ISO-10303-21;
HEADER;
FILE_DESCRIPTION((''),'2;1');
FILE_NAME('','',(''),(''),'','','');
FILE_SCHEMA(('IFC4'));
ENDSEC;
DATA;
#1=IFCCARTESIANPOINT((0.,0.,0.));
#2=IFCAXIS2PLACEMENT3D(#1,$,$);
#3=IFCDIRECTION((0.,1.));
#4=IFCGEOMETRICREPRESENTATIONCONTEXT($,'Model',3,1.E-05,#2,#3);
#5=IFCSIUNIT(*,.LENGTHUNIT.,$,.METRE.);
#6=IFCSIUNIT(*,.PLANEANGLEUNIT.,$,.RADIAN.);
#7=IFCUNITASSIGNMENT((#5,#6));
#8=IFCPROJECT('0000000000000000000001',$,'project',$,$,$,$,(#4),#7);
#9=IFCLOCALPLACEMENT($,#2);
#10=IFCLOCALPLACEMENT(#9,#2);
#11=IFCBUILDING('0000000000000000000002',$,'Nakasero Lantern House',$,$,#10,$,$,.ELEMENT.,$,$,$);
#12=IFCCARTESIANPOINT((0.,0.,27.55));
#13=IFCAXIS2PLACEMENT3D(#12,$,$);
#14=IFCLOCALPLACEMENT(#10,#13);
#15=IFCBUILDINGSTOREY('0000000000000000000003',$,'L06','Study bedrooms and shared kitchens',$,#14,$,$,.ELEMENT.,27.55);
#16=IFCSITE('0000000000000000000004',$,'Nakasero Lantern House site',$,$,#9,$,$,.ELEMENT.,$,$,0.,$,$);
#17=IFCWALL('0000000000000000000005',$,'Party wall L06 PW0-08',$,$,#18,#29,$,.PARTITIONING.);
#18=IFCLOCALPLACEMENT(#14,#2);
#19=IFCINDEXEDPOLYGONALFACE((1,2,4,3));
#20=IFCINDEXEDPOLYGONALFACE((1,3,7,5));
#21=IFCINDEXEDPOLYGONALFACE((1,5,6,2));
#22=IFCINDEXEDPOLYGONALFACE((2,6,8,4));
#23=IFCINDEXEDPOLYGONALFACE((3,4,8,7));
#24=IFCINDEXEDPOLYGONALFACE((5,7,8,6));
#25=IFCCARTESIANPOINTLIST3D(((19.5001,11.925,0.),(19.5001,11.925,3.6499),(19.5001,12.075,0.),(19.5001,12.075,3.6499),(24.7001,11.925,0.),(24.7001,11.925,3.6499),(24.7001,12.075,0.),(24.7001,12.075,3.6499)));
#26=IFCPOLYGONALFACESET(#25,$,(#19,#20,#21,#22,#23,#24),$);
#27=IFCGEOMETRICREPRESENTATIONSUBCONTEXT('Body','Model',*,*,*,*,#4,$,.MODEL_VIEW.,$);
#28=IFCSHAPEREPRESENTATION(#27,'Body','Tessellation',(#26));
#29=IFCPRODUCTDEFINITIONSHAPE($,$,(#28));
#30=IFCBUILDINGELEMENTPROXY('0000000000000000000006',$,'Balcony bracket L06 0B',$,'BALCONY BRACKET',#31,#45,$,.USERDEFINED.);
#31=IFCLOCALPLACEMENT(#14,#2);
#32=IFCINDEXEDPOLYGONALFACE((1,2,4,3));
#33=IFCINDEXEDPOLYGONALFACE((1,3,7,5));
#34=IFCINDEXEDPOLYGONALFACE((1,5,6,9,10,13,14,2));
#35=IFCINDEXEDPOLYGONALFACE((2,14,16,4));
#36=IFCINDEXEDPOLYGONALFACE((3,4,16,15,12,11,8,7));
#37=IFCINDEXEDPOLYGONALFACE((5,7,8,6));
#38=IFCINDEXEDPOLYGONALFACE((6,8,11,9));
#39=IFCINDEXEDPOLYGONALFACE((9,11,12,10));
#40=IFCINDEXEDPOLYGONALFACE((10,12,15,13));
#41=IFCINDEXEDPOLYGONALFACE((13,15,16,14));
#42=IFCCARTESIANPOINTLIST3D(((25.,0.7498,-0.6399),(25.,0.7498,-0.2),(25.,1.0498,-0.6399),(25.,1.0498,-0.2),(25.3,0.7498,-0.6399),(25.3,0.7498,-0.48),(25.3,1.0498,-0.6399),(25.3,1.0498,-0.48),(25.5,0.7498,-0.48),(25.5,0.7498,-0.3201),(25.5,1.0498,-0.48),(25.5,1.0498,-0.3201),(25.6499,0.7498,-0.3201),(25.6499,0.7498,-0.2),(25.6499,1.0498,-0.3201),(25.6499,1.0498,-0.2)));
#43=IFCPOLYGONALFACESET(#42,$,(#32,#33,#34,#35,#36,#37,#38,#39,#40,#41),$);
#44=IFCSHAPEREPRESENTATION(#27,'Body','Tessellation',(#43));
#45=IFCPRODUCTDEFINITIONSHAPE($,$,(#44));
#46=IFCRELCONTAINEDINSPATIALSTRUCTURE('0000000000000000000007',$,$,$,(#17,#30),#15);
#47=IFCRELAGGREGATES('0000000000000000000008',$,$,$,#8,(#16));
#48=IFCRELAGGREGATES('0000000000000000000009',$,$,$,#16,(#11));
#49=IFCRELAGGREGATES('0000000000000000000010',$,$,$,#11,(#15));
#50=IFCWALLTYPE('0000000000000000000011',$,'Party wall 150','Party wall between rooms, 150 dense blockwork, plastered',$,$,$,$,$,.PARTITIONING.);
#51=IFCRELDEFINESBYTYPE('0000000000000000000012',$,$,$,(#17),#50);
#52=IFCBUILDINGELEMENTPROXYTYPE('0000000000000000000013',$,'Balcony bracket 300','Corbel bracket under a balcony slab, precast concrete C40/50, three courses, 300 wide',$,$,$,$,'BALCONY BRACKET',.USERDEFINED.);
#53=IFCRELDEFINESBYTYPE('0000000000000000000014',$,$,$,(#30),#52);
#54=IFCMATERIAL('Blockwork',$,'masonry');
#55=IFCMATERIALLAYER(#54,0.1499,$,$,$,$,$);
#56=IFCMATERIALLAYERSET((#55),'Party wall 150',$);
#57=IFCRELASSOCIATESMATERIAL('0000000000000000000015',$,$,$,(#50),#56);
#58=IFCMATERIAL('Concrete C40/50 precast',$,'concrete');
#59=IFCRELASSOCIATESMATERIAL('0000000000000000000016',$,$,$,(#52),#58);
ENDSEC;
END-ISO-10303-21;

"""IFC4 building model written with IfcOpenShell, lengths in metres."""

from ifc_helpers import new_model, si_unit, direction, frame, frame_2d, origin, place, context, subcontext, project, spatial, polyline, rectangle, outline, extrude, material, layer, layer_set, type_object, element, save


model = new_model("IFC4")

# Units and contexts
model_context = context("Model", 3, precision=1e-05, world=origin(), true_north=direction((0.0, 1.0)))
body_context = subcontext(model_context, "Body", "Model", "MODEL_VIEW")
ifc_project = project(units=[si_unit("LENGTHUNIT", "METRE"), si_unit("PLANEANGLEUNIT", "RADIAN")], contexts=[model_context])

# Site, building, storey
site_placement = place(None, origin())
site = spatial("IfcSite", under=ifc_project, at=site_placement, Name="Nakasero Lantern House site", CompositionType="ELEMENT", RefElevation=0.0)
building_placement = place(site_placement, origin())
building = spatial("IfcBuilding", under=site, at=building_placement, Name="Nakasero Lantern House", CompositionType="ELEMENT")
storey_placement = place(building_placement, frame((0.0, 0.0, 27.55)))
storey = spatial("IfcBuildingStorey", under=building, at=storey_placement, Name="L06", Description="Study bedrooms and shared kitchens", CompositionType="ELEMENT", Elevation=27.55)

# Wall
ifc_material_1 = material(Name="Blockwork", Category="masonry")
ifc_layer_1 = layer(ifc_material_1, 0.1499)
ifc_layer_set_1 = layer_set([ifc_layer_1], Name="Party wall 150")
wall_type_1 = type_object("IfcWallType", Name="Party wall 150", Description="Party wall between rooms, 150 dense blockwork, plastered", PredefinedType="PARTITIONING", material=ifc_layer_set_1)
for number, where, z_axis, x_axis, name in (
    (1, (19.5, 12.0, 0.0), (0.0, 0.0, 1.0), (1.0, 0.0, 0.0), "Party wall L06 PW0-08"),
):
    element("IfcWall", number, at=place(storey_placement, frame(where, z_axis=z_axis, x_axis=x_axis)), inside=storey, type_object=wall_type_1, Name=name, PredefinedType="PARTITIONING", context=body_context, shape_type="SweptSolid", body=[
        extrude(rectangle(XDim=5.2, YDim=0.1499, at=frame_2d((2.6001, 0.0))), origin(), (0.0, 0.0, 1.0), 3.6499),
    ])

# Building element proxy
ifc_material_2 = material(Name="Concrete C40/50 precast", Category="concrete")
building_element_proxy_type = type_object("IfcBuildingElementProxyType", Name="Balcony bracket 300", Description="Corbel bracket under a balcony slab, precast concrete C40/50, three courses, 300 wide", ElementType="BALCONY BRACKET", PredefinedType="USERDEFINED", material=ifc_material_2)
proxy_placement = place(storey_placement, frame((25.0, 0.8999, -0.2), z_axis=(0.0, 0.0, 1.0), x_axis=(1.0, 0.0, 0.0)))
element("IfcBuildingElementProxy", 2, at=proxy_placement, inside=storey, type_object=building_element_proxy_type, Name="Balcony bracket L06 0B", ObjectType="BALCONY BRACKET", PredefinedType="USERDEFINED", context=body_context, shape_type="SweptSolid", body=[
    extrude(outline(polyline([(0.0, 0.0), (0.6499, 0.0), (0.6499, -0.1201), (0.5, -0.1201), (0.5, -0.28), (0.3, -0.28), (0.3, -0.4399), (0.0, -0.4399), (0.0, 0.0)])), frame((0.0, 0.1499, 0.0), z_axis=(0.0, -1.0, 0.0), x_axis=(1.0, 0.0, 0.0)), (0.0, 0.0, 1.0), 0.3),
])

save(model, "model.ifc")
